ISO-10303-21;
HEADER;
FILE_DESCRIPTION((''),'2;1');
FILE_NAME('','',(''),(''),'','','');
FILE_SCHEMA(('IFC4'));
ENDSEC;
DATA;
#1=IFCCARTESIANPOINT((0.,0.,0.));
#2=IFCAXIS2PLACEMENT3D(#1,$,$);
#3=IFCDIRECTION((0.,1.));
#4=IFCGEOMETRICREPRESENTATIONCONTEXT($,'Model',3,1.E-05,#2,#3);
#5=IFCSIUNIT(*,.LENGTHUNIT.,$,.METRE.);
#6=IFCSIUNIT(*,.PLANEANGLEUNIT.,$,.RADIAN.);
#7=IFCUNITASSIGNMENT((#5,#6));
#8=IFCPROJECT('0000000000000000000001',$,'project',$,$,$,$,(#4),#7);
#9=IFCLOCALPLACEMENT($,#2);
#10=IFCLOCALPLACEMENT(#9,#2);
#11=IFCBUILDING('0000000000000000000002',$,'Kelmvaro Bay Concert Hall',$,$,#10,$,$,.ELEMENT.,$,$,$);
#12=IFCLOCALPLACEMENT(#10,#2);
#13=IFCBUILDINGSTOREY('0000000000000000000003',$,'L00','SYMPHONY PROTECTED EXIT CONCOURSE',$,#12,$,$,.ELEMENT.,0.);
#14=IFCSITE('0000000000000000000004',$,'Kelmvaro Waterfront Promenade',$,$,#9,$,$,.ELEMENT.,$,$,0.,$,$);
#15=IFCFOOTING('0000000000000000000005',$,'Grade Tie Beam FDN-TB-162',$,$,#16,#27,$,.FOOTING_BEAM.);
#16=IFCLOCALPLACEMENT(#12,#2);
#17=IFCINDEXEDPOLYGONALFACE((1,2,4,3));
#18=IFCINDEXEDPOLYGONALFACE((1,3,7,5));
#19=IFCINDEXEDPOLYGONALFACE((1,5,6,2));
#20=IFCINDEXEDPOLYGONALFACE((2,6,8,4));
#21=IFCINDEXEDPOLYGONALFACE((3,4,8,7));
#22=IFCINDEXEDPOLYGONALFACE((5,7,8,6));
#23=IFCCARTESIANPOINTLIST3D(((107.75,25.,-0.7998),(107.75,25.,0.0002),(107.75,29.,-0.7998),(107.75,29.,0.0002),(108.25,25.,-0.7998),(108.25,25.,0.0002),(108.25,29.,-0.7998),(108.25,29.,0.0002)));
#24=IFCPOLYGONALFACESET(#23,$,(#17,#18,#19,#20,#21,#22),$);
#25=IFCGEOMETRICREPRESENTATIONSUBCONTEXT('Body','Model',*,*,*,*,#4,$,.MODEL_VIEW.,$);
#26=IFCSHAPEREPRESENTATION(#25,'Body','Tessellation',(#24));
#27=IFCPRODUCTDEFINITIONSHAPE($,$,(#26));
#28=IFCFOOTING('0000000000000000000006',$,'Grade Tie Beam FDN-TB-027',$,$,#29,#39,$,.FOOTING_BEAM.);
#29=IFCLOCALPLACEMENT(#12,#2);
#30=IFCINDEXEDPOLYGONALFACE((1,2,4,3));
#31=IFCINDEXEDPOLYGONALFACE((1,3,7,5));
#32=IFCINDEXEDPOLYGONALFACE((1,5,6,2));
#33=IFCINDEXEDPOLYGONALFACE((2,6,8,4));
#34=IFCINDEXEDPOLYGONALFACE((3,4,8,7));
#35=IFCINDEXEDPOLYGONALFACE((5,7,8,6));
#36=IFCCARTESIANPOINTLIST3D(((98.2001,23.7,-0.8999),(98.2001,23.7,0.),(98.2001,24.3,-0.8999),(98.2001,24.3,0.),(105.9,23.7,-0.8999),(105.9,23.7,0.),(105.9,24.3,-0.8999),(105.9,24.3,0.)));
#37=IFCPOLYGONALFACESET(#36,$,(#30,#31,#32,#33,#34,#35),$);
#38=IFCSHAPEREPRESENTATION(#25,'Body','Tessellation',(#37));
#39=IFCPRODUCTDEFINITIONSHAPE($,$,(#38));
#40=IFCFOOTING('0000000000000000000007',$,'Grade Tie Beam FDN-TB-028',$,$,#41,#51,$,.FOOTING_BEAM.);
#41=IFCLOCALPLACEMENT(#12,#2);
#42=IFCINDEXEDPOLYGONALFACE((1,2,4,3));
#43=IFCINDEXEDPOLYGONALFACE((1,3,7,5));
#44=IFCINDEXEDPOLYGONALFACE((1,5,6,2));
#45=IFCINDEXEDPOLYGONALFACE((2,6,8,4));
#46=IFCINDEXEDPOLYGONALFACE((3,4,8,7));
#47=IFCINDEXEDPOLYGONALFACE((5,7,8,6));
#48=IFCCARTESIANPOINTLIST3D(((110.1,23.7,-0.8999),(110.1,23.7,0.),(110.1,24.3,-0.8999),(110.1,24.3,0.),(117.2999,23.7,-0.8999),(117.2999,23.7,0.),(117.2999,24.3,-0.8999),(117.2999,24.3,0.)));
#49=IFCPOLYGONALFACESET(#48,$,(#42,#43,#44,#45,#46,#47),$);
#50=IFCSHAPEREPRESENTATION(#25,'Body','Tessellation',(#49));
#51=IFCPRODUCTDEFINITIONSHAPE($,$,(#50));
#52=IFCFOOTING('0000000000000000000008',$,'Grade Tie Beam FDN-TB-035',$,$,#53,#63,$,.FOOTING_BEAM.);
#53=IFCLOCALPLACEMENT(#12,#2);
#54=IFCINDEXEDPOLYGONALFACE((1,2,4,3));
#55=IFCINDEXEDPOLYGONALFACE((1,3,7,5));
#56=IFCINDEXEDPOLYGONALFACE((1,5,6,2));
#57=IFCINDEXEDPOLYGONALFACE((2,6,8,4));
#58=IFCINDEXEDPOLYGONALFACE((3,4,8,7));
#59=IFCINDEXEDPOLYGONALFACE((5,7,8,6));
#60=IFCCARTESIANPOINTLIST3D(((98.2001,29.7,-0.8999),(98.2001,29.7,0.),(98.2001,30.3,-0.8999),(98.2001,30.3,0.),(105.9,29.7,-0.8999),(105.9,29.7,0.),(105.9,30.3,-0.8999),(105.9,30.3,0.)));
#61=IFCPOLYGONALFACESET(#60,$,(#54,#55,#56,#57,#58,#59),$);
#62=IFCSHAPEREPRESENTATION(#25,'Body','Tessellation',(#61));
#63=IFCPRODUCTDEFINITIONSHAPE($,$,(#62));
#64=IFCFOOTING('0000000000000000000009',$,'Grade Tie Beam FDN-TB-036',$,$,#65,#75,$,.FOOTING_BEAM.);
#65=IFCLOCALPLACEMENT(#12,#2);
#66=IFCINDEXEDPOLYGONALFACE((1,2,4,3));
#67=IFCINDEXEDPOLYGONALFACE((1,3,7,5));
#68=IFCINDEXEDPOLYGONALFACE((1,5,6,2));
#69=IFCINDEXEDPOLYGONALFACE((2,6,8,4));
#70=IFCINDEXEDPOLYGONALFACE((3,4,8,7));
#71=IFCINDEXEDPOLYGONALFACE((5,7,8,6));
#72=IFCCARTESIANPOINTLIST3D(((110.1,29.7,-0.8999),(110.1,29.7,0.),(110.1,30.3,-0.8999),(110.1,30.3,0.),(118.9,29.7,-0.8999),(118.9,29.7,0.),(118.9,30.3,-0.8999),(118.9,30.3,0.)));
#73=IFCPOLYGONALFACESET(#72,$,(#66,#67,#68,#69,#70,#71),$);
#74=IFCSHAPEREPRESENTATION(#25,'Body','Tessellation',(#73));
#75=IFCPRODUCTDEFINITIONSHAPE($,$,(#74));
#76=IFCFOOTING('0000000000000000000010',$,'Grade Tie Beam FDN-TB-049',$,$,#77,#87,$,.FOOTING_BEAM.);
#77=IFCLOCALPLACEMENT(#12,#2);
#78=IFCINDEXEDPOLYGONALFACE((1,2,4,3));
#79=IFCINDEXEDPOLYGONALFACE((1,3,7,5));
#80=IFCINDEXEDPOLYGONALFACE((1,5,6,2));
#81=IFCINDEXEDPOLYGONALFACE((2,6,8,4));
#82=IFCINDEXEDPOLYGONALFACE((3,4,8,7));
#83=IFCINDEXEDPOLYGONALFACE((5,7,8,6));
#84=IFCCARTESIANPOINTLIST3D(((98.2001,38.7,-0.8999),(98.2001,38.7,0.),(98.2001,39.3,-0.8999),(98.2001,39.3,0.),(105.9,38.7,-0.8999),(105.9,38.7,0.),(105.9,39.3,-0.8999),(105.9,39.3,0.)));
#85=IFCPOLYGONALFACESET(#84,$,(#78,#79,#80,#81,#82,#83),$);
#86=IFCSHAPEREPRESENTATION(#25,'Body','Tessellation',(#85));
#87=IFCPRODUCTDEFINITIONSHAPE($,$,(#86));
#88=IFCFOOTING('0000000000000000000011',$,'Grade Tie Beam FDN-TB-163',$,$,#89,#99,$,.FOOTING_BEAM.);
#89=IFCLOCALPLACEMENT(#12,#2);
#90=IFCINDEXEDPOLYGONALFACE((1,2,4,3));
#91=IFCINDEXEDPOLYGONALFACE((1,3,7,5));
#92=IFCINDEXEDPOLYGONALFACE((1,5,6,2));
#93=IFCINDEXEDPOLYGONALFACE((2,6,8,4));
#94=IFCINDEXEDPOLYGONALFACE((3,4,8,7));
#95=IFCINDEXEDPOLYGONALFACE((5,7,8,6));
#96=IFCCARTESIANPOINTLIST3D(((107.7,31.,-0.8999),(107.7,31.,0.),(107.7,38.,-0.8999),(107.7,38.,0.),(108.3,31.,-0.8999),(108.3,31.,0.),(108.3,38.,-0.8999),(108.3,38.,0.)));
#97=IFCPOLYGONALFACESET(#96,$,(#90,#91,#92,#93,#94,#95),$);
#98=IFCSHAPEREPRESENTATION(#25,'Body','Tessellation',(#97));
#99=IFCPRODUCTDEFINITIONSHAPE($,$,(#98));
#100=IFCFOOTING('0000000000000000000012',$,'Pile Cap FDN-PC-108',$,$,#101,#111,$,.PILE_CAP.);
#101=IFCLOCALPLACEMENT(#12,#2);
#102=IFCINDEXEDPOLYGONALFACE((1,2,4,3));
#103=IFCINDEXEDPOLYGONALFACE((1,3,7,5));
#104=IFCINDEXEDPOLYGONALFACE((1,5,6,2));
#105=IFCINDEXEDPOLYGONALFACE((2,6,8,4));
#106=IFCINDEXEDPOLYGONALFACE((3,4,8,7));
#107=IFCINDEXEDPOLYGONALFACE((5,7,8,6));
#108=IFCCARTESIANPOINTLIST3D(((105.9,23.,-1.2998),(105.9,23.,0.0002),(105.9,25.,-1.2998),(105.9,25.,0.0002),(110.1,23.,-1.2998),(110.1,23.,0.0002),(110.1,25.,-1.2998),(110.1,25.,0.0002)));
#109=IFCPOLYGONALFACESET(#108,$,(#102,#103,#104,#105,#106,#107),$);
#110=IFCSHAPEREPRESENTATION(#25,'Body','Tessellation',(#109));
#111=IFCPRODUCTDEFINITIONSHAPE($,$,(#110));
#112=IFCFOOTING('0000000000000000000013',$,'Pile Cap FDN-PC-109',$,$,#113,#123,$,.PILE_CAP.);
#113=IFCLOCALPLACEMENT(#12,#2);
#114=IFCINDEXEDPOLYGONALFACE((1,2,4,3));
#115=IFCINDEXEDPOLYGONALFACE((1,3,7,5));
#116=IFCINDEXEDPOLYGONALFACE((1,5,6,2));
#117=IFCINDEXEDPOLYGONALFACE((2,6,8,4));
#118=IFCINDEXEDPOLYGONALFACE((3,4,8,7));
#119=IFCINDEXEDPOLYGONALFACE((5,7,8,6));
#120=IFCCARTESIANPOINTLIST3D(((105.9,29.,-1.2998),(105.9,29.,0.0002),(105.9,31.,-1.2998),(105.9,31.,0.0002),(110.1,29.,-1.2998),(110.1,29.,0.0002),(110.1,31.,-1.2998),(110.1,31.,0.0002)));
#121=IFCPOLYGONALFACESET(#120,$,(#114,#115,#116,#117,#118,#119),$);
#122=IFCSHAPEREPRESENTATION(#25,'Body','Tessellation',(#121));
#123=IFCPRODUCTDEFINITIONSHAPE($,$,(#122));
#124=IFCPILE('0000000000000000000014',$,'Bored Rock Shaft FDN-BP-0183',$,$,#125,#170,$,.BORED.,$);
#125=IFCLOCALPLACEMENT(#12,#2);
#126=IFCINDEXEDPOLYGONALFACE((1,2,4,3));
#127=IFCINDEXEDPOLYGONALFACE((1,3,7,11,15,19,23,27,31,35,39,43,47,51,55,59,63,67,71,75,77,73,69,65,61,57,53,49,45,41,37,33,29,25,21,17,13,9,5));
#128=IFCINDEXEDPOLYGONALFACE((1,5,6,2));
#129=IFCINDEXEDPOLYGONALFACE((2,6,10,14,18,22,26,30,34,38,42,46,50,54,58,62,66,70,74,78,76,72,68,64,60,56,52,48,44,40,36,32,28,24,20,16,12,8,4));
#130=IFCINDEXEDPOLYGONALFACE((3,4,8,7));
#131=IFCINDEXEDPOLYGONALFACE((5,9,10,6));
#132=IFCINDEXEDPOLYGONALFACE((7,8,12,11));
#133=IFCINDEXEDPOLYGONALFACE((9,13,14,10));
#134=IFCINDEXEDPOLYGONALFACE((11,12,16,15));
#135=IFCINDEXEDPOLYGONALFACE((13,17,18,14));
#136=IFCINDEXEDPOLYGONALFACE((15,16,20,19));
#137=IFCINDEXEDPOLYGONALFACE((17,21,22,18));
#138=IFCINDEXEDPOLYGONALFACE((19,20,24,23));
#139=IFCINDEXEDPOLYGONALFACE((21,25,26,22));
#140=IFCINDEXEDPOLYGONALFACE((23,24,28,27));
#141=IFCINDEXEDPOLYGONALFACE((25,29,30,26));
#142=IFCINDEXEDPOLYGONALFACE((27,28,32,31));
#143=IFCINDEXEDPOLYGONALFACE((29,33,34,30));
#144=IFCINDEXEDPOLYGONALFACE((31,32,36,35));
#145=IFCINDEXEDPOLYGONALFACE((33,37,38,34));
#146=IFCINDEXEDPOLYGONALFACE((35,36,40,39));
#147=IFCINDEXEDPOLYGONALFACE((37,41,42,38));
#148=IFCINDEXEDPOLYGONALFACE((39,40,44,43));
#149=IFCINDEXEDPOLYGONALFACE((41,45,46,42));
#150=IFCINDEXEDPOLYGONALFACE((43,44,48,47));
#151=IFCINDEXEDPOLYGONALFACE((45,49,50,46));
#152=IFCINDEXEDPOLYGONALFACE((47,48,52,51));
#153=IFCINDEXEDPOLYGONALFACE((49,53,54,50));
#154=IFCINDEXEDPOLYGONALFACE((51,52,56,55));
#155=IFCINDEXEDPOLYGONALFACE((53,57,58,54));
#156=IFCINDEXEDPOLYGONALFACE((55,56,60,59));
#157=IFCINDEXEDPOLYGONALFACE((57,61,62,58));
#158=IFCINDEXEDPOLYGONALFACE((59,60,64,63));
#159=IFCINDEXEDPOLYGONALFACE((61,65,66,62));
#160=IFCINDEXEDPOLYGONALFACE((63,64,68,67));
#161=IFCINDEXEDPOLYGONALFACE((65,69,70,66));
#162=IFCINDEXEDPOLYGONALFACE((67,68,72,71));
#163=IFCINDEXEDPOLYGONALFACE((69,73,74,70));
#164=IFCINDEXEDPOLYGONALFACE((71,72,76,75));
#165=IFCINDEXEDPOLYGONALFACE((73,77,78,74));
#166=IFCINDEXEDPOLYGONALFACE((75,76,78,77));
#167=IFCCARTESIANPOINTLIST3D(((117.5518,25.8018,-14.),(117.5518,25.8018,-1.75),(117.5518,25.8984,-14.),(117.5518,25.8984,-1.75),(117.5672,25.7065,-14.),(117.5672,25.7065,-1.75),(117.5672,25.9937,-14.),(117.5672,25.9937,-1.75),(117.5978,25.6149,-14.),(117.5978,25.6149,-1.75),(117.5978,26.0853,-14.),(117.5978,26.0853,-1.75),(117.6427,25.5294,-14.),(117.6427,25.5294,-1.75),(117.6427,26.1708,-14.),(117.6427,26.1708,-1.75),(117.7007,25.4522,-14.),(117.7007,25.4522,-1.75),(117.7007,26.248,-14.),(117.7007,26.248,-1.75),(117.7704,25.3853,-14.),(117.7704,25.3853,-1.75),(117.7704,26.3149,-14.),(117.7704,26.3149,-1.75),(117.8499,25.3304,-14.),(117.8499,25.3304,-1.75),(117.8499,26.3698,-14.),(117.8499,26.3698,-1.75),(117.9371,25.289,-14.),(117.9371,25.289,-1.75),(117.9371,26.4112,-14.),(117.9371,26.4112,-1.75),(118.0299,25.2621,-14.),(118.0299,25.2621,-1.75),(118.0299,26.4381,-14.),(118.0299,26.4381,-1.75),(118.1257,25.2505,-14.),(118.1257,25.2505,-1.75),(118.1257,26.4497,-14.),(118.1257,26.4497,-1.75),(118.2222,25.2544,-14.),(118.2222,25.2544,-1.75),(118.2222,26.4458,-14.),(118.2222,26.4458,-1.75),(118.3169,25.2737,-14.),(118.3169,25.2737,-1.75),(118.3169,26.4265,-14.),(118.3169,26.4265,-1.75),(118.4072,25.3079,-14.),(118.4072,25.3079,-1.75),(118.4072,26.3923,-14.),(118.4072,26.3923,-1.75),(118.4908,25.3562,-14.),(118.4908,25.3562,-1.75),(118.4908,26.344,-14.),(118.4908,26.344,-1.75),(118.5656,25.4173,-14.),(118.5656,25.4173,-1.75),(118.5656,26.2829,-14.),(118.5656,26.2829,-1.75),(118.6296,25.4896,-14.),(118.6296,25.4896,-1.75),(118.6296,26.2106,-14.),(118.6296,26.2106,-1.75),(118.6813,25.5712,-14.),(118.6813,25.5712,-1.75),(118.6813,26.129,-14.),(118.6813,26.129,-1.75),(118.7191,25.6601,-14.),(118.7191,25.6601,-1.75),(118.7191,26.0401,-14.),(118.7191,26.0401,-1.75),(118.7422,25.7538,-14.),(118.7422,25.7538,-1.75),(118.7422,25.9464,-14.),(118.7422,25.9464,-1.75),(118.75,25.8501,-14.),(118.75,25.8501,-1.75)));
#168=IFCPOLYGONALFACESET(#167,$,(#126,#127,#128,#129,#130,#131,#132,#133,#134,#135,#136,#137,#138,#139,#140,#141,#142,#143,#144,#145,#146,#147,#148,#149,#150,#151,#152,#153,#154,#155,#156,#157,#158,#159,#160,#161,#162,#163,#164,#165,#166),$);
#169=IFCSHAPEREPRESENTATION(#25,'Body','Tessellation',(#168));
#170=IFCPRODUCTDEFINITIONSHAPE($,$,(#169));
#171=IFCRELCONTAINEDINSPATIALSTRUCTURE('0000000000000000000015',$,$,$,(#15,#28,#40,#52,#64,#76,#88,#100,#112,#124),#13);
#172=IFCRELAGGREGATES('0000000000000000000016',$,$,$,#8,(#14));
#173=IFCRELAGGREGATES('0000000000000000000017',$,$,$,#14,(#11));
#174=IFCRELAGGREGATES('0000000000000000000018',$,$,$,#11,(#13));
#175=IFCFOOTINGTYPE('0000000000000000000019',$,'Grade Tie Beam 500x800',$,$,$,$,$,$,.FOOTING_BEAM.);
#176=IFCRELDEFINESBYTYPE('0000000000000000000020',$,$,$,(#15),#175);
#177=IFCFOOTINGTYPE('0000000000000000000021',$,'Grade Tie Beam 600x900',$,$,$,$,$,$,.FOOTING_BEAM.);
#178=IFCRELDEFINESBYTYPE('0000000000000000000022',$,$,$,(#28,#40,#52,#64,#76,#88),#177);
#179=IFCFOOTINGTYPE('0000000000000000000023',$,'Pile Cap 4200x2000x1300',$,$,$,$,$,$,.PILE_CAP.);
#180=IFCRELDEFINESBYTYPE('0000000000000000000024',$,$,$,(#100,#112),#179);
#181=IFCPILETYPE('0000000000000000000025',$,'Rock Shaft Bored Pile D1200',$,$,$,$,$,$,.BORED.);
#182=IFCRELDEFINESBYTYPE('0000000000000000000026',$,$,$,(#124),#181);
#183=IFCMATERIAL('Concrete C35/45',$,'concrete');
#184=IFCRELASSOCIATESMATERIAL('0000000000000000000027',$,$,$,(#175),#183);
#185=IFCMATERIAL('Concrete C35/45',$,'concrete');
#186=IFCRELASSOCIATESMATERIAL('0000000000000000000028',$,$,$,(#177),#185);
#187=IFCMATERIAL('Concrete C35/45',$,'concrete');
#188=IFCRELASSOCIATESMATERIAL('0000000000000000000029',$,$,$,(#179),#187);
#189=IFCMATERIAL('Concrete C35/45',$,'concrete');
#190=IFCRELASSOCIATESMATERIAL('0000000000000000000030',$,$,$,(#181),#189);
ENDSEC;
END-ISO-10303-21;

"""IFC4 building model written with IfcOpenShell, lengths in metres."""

from ifc_helpers import new_model, si_unit, direction, frame, origin, origin_2d, place, context, subcontext, project, spatial, rectangle, circle, extrude, material, material_profile, profile_set, type_object, element, save


model = new_model("IFC4")

# Units and contexts
model_context = context("Model", 3, precision=1e-05, world=origin(), true_north=direction((0.0, 1.0)))
body_context = subcontext(model_context, "Body", "Model", "MODEL_VIEW")
ifc_project = project(units=[si_unit("LENGTHUNIT", "METRE"), si_unit("PLANEANGLEUNIT", "RADIAN")], contexts=[model_context])

# Site, building, storey
site_placement = place(None, origin())
site = spatial("IfcSite", under=ifc_project, at=site_placement, Name="Kelmvaro Waterfront Promenade", CompositionType="ELEMENT", RefElevation=0.0)
building_placement = place(site_placement, origin())
building = spatial("IfcBuilding", under=site, at=building_placement, Name="Kelmvaro Bay Concert Hall", CompositionType="ELEMENT")
storey_placement = place(building_placement, origin())
storey = spatial("IfcBuildingStorey", under=building, at=storey_placement, Name="L00", Description="SYMPHONY PROTECTED EXIT CONCOURSE", CompositionType="ELEMENT", Elevation=0.0)

# Footings
ifc_material_1 = material(Name="Concrete C35/45", Category="concrete")
footing_type_1 = type_object("IfcFootingType", Name="Grade Tie Beam 500x800", PredefinedType="FOOTING_BEAM", material=ifc_material_1)
footing_1_placement = place(storey_placement, frame((108.0, 27.0, -0.7998), z_axis=(0.0, 0.0, 1.0), x_axis=(0.0, 1.0, 0.0)))
element("IfcFooting", 1, at=footing_1_placement, inside=storey, type_object=footing_type_1, Name="Grade Tie Beam FDN-TB-162", PredefinedType="FOOTING_BEAM", context=body_context, shape_type="SweptSolid", body=[
    extrude(rectangle(XDim=4.0, YDim=0.5, at=origin_2d()), origin(), (0.0, 0.0, 1.0), 0.8),
])
ifc_material_2 = material(Name="Concrete C35/45", Category="concrete")
footing_type_2 = type_object("IfcFootingType", Name="Grade Tie Beam 600x900", PredefinedType="FOOTING_BEAM", material=ifc_material_2)
footing_2_placement = place(storey_placement, frame((102.05, 24.0, -0.8999), z_axis=(0.0, 0.0, 1.0), x_axis=(1.0, 0.0, 0.0)))
element("IfcFooting", 2, at=footing_2_placement, inside=storey, type_object=footing_type_2, Name="Grade Tie Beam FDN-TB-027", PredefinedType="FOOTING_BEAM", context=body_context, shape_type="SweptSolid", body=[
    extrude(rectangle(XDim=7.7, YDim=0.6001, at=origin_2d()), origin(), (0.0, 0.0, 1.0), 0.8999),
])
footing_3_placement = place(storey_placement, frame((113.7, 24.0, -0.8999), z_axis=(0.0, 0.0, 1.0), x_axis=(1.0, 0.0, 0.0)))
element("IfcFooting", 3, at=footing_3_placement, inside=storey, type_object=footing_type_2, Name="Grade Tie Beam FDN-TB-028", PredefinedType="FOOTING_BEAM", context=body_context, shape_type="SweptSolid", body=[
    extrude(rectangle(XDim=7.2, YDim=0.6001, at=origin_2d()), origin(), (0.0, 0.0, 1.0), 0.8999),
])
footing_4_placement = place(storey_placement, frame((102.05, 30.0, -0.8999), z_axis=(0.0, 0.0, 1.0), x_axis=(1.0, 0.0, 0.0)))
element("IfcFooting", 4, at=footing_4_placement, inside=storey, type_object=footing_type_2, Name="Grade Tie Beam FDN-TB-035", PredefinedType="FOOTING_BEAM", context=body_context, shape_type="SweptSolid", body=[
    extrude(rectangle(XDim=7.7, YDim=0.6001, at=origin_2d()), origin(), (0.0, 0.0, 1.0), 0.8999),
])
footing_5_placement = place(storey_placement, frame((114.5, 30.0, -0.8999), z_axis=(0.0, 0.0, 1.0), x_axis=(1.0, 0.0, 0.0)))
element("IfcFooting", 5, at=footing_5_placement, inside=storey, type_object=footing_type_2, Name="Grade Tie Beam FDN-TB-036", PredefinedType="FOOTING_BEAM", context=body_context, shape_type="SweptSolid", body=[
    extrude(rectangle(XDim=8.8, YDim=0.6001, at=origin_2d()), origin(), (0.0, 0.0, 1.0), 0.8999),
])
footing_6_placement = place(storey_placement, frame((102.05, 39.0, -0.8999), z_axis=(0.0, 0.0, 1.0), x_axis=(1.0, 0.0, 0.0)))
element("IfcFooting", 6, at=footing_6_placement, inside=storey, type_object=footing_type_2, Name="Grade Tie Beam FDN-TB-049", PredefinedType="FOOTING_BEAM", context=body_context, shape_type="SweptSolid", body=[
    extrude(rectangle(XDim=7.7, YDim=0.6001, at=origin_2d()), origin(), (0.0, 0.0, 1.0), 0.8999),
])
footing_7_placement = place(storey_placement, frame((108.0, 34.5, -0.8999), z_axis=(0.0, 0.0, 1.0), x_axis=(0.0, 1.0, 0.0)))
element("IfcFooting", 7, at=footing_7_placement, inside=storey, type_object=footing_type_2, Name="Grade Tie Beam FDN-TB-163", PredefinedType="FOOTING_BEAM", context=body_context, shape_type="SweptSolid", body=[
    extrude(rectangle(XDim=7.0, YDim=0.6001, at=origin_2d()), origin(), (0.0, 0.0, 1.0), 0.8999),
])
ifc_material_3 = material(Name="Concrete C35/45", Category="concrete")
footing_type_3 = type_object("IfcFootingType", Name="Pile Cap 4200x2000x1300", PredefinedType="PILE_CAP", material=ifc_material_3)
for number, where, z_axis, x_axis, name in (
    (8, (108.0, 24.0, -1.2998), (0.0, 0.0, 1.0), (1.0, 0.0, 0.0), "Pile Cap FDN-PC-108"),
    (9, (108.0, 30.0, -1.2998), (0.0, 0.0, 1.0), (1.0, 0.0, 0.0), "Pile Cap FDN-PC-109"),
):
    element("IfcFooting", number, at=place(storey_placement, frame(where, z_axis=z_axis, x_axis=x_axis)), inside=storey, type_object=footing_type_3, Name=name, PredefinedType="PILE_CAP", context=body_context, shape_type="SweptSolid", body=[
        extrude(rectangle(XDim=4.2, YDim=2.0, at=origin_2d()), origin(), (0.0, 0.0, 1.0), 1.3),
    ])

# Pile
ifc_material_4 = material(Name="Concrete C35/45", Category="concrete")
ifc_material_profile_1 = material_profile(ifc_material_4, circle(Radius=0.6001, at=origin_2d()), Name="PILE-BORED-1200")
ifc_profile_set_1 = profile_set([ifc_material_profile_1], Name="Concrete C35/45")
pile_type_1 = type_object("IfcPileType", Name="Rock Shaft Bored Pile D1200", PredefinedType="BORED", material=ifc_profile_set_1)
pile_1_placement = place(storey_placement, frame((118.1499, 25.8501, -1.75), z_axis=(0.0, 0.0, -1.0), x_axis=(1.0, 0.0, 0.0)))
element("IfcPile", 10, at=pile_1_placement, inside=storey, type_object=pile_type_1, Name="Bored Rock Shaft FDN-BP-0183", PredefinedType="BORED", context=body_context, shape_type="SweptSolid", body=[
    extrude(circle(Radius=0.6001, at=origin_2d()), origin(), (0.0, 0.0, 1.0), 12.25),
])

save(model, "model.ifc")
